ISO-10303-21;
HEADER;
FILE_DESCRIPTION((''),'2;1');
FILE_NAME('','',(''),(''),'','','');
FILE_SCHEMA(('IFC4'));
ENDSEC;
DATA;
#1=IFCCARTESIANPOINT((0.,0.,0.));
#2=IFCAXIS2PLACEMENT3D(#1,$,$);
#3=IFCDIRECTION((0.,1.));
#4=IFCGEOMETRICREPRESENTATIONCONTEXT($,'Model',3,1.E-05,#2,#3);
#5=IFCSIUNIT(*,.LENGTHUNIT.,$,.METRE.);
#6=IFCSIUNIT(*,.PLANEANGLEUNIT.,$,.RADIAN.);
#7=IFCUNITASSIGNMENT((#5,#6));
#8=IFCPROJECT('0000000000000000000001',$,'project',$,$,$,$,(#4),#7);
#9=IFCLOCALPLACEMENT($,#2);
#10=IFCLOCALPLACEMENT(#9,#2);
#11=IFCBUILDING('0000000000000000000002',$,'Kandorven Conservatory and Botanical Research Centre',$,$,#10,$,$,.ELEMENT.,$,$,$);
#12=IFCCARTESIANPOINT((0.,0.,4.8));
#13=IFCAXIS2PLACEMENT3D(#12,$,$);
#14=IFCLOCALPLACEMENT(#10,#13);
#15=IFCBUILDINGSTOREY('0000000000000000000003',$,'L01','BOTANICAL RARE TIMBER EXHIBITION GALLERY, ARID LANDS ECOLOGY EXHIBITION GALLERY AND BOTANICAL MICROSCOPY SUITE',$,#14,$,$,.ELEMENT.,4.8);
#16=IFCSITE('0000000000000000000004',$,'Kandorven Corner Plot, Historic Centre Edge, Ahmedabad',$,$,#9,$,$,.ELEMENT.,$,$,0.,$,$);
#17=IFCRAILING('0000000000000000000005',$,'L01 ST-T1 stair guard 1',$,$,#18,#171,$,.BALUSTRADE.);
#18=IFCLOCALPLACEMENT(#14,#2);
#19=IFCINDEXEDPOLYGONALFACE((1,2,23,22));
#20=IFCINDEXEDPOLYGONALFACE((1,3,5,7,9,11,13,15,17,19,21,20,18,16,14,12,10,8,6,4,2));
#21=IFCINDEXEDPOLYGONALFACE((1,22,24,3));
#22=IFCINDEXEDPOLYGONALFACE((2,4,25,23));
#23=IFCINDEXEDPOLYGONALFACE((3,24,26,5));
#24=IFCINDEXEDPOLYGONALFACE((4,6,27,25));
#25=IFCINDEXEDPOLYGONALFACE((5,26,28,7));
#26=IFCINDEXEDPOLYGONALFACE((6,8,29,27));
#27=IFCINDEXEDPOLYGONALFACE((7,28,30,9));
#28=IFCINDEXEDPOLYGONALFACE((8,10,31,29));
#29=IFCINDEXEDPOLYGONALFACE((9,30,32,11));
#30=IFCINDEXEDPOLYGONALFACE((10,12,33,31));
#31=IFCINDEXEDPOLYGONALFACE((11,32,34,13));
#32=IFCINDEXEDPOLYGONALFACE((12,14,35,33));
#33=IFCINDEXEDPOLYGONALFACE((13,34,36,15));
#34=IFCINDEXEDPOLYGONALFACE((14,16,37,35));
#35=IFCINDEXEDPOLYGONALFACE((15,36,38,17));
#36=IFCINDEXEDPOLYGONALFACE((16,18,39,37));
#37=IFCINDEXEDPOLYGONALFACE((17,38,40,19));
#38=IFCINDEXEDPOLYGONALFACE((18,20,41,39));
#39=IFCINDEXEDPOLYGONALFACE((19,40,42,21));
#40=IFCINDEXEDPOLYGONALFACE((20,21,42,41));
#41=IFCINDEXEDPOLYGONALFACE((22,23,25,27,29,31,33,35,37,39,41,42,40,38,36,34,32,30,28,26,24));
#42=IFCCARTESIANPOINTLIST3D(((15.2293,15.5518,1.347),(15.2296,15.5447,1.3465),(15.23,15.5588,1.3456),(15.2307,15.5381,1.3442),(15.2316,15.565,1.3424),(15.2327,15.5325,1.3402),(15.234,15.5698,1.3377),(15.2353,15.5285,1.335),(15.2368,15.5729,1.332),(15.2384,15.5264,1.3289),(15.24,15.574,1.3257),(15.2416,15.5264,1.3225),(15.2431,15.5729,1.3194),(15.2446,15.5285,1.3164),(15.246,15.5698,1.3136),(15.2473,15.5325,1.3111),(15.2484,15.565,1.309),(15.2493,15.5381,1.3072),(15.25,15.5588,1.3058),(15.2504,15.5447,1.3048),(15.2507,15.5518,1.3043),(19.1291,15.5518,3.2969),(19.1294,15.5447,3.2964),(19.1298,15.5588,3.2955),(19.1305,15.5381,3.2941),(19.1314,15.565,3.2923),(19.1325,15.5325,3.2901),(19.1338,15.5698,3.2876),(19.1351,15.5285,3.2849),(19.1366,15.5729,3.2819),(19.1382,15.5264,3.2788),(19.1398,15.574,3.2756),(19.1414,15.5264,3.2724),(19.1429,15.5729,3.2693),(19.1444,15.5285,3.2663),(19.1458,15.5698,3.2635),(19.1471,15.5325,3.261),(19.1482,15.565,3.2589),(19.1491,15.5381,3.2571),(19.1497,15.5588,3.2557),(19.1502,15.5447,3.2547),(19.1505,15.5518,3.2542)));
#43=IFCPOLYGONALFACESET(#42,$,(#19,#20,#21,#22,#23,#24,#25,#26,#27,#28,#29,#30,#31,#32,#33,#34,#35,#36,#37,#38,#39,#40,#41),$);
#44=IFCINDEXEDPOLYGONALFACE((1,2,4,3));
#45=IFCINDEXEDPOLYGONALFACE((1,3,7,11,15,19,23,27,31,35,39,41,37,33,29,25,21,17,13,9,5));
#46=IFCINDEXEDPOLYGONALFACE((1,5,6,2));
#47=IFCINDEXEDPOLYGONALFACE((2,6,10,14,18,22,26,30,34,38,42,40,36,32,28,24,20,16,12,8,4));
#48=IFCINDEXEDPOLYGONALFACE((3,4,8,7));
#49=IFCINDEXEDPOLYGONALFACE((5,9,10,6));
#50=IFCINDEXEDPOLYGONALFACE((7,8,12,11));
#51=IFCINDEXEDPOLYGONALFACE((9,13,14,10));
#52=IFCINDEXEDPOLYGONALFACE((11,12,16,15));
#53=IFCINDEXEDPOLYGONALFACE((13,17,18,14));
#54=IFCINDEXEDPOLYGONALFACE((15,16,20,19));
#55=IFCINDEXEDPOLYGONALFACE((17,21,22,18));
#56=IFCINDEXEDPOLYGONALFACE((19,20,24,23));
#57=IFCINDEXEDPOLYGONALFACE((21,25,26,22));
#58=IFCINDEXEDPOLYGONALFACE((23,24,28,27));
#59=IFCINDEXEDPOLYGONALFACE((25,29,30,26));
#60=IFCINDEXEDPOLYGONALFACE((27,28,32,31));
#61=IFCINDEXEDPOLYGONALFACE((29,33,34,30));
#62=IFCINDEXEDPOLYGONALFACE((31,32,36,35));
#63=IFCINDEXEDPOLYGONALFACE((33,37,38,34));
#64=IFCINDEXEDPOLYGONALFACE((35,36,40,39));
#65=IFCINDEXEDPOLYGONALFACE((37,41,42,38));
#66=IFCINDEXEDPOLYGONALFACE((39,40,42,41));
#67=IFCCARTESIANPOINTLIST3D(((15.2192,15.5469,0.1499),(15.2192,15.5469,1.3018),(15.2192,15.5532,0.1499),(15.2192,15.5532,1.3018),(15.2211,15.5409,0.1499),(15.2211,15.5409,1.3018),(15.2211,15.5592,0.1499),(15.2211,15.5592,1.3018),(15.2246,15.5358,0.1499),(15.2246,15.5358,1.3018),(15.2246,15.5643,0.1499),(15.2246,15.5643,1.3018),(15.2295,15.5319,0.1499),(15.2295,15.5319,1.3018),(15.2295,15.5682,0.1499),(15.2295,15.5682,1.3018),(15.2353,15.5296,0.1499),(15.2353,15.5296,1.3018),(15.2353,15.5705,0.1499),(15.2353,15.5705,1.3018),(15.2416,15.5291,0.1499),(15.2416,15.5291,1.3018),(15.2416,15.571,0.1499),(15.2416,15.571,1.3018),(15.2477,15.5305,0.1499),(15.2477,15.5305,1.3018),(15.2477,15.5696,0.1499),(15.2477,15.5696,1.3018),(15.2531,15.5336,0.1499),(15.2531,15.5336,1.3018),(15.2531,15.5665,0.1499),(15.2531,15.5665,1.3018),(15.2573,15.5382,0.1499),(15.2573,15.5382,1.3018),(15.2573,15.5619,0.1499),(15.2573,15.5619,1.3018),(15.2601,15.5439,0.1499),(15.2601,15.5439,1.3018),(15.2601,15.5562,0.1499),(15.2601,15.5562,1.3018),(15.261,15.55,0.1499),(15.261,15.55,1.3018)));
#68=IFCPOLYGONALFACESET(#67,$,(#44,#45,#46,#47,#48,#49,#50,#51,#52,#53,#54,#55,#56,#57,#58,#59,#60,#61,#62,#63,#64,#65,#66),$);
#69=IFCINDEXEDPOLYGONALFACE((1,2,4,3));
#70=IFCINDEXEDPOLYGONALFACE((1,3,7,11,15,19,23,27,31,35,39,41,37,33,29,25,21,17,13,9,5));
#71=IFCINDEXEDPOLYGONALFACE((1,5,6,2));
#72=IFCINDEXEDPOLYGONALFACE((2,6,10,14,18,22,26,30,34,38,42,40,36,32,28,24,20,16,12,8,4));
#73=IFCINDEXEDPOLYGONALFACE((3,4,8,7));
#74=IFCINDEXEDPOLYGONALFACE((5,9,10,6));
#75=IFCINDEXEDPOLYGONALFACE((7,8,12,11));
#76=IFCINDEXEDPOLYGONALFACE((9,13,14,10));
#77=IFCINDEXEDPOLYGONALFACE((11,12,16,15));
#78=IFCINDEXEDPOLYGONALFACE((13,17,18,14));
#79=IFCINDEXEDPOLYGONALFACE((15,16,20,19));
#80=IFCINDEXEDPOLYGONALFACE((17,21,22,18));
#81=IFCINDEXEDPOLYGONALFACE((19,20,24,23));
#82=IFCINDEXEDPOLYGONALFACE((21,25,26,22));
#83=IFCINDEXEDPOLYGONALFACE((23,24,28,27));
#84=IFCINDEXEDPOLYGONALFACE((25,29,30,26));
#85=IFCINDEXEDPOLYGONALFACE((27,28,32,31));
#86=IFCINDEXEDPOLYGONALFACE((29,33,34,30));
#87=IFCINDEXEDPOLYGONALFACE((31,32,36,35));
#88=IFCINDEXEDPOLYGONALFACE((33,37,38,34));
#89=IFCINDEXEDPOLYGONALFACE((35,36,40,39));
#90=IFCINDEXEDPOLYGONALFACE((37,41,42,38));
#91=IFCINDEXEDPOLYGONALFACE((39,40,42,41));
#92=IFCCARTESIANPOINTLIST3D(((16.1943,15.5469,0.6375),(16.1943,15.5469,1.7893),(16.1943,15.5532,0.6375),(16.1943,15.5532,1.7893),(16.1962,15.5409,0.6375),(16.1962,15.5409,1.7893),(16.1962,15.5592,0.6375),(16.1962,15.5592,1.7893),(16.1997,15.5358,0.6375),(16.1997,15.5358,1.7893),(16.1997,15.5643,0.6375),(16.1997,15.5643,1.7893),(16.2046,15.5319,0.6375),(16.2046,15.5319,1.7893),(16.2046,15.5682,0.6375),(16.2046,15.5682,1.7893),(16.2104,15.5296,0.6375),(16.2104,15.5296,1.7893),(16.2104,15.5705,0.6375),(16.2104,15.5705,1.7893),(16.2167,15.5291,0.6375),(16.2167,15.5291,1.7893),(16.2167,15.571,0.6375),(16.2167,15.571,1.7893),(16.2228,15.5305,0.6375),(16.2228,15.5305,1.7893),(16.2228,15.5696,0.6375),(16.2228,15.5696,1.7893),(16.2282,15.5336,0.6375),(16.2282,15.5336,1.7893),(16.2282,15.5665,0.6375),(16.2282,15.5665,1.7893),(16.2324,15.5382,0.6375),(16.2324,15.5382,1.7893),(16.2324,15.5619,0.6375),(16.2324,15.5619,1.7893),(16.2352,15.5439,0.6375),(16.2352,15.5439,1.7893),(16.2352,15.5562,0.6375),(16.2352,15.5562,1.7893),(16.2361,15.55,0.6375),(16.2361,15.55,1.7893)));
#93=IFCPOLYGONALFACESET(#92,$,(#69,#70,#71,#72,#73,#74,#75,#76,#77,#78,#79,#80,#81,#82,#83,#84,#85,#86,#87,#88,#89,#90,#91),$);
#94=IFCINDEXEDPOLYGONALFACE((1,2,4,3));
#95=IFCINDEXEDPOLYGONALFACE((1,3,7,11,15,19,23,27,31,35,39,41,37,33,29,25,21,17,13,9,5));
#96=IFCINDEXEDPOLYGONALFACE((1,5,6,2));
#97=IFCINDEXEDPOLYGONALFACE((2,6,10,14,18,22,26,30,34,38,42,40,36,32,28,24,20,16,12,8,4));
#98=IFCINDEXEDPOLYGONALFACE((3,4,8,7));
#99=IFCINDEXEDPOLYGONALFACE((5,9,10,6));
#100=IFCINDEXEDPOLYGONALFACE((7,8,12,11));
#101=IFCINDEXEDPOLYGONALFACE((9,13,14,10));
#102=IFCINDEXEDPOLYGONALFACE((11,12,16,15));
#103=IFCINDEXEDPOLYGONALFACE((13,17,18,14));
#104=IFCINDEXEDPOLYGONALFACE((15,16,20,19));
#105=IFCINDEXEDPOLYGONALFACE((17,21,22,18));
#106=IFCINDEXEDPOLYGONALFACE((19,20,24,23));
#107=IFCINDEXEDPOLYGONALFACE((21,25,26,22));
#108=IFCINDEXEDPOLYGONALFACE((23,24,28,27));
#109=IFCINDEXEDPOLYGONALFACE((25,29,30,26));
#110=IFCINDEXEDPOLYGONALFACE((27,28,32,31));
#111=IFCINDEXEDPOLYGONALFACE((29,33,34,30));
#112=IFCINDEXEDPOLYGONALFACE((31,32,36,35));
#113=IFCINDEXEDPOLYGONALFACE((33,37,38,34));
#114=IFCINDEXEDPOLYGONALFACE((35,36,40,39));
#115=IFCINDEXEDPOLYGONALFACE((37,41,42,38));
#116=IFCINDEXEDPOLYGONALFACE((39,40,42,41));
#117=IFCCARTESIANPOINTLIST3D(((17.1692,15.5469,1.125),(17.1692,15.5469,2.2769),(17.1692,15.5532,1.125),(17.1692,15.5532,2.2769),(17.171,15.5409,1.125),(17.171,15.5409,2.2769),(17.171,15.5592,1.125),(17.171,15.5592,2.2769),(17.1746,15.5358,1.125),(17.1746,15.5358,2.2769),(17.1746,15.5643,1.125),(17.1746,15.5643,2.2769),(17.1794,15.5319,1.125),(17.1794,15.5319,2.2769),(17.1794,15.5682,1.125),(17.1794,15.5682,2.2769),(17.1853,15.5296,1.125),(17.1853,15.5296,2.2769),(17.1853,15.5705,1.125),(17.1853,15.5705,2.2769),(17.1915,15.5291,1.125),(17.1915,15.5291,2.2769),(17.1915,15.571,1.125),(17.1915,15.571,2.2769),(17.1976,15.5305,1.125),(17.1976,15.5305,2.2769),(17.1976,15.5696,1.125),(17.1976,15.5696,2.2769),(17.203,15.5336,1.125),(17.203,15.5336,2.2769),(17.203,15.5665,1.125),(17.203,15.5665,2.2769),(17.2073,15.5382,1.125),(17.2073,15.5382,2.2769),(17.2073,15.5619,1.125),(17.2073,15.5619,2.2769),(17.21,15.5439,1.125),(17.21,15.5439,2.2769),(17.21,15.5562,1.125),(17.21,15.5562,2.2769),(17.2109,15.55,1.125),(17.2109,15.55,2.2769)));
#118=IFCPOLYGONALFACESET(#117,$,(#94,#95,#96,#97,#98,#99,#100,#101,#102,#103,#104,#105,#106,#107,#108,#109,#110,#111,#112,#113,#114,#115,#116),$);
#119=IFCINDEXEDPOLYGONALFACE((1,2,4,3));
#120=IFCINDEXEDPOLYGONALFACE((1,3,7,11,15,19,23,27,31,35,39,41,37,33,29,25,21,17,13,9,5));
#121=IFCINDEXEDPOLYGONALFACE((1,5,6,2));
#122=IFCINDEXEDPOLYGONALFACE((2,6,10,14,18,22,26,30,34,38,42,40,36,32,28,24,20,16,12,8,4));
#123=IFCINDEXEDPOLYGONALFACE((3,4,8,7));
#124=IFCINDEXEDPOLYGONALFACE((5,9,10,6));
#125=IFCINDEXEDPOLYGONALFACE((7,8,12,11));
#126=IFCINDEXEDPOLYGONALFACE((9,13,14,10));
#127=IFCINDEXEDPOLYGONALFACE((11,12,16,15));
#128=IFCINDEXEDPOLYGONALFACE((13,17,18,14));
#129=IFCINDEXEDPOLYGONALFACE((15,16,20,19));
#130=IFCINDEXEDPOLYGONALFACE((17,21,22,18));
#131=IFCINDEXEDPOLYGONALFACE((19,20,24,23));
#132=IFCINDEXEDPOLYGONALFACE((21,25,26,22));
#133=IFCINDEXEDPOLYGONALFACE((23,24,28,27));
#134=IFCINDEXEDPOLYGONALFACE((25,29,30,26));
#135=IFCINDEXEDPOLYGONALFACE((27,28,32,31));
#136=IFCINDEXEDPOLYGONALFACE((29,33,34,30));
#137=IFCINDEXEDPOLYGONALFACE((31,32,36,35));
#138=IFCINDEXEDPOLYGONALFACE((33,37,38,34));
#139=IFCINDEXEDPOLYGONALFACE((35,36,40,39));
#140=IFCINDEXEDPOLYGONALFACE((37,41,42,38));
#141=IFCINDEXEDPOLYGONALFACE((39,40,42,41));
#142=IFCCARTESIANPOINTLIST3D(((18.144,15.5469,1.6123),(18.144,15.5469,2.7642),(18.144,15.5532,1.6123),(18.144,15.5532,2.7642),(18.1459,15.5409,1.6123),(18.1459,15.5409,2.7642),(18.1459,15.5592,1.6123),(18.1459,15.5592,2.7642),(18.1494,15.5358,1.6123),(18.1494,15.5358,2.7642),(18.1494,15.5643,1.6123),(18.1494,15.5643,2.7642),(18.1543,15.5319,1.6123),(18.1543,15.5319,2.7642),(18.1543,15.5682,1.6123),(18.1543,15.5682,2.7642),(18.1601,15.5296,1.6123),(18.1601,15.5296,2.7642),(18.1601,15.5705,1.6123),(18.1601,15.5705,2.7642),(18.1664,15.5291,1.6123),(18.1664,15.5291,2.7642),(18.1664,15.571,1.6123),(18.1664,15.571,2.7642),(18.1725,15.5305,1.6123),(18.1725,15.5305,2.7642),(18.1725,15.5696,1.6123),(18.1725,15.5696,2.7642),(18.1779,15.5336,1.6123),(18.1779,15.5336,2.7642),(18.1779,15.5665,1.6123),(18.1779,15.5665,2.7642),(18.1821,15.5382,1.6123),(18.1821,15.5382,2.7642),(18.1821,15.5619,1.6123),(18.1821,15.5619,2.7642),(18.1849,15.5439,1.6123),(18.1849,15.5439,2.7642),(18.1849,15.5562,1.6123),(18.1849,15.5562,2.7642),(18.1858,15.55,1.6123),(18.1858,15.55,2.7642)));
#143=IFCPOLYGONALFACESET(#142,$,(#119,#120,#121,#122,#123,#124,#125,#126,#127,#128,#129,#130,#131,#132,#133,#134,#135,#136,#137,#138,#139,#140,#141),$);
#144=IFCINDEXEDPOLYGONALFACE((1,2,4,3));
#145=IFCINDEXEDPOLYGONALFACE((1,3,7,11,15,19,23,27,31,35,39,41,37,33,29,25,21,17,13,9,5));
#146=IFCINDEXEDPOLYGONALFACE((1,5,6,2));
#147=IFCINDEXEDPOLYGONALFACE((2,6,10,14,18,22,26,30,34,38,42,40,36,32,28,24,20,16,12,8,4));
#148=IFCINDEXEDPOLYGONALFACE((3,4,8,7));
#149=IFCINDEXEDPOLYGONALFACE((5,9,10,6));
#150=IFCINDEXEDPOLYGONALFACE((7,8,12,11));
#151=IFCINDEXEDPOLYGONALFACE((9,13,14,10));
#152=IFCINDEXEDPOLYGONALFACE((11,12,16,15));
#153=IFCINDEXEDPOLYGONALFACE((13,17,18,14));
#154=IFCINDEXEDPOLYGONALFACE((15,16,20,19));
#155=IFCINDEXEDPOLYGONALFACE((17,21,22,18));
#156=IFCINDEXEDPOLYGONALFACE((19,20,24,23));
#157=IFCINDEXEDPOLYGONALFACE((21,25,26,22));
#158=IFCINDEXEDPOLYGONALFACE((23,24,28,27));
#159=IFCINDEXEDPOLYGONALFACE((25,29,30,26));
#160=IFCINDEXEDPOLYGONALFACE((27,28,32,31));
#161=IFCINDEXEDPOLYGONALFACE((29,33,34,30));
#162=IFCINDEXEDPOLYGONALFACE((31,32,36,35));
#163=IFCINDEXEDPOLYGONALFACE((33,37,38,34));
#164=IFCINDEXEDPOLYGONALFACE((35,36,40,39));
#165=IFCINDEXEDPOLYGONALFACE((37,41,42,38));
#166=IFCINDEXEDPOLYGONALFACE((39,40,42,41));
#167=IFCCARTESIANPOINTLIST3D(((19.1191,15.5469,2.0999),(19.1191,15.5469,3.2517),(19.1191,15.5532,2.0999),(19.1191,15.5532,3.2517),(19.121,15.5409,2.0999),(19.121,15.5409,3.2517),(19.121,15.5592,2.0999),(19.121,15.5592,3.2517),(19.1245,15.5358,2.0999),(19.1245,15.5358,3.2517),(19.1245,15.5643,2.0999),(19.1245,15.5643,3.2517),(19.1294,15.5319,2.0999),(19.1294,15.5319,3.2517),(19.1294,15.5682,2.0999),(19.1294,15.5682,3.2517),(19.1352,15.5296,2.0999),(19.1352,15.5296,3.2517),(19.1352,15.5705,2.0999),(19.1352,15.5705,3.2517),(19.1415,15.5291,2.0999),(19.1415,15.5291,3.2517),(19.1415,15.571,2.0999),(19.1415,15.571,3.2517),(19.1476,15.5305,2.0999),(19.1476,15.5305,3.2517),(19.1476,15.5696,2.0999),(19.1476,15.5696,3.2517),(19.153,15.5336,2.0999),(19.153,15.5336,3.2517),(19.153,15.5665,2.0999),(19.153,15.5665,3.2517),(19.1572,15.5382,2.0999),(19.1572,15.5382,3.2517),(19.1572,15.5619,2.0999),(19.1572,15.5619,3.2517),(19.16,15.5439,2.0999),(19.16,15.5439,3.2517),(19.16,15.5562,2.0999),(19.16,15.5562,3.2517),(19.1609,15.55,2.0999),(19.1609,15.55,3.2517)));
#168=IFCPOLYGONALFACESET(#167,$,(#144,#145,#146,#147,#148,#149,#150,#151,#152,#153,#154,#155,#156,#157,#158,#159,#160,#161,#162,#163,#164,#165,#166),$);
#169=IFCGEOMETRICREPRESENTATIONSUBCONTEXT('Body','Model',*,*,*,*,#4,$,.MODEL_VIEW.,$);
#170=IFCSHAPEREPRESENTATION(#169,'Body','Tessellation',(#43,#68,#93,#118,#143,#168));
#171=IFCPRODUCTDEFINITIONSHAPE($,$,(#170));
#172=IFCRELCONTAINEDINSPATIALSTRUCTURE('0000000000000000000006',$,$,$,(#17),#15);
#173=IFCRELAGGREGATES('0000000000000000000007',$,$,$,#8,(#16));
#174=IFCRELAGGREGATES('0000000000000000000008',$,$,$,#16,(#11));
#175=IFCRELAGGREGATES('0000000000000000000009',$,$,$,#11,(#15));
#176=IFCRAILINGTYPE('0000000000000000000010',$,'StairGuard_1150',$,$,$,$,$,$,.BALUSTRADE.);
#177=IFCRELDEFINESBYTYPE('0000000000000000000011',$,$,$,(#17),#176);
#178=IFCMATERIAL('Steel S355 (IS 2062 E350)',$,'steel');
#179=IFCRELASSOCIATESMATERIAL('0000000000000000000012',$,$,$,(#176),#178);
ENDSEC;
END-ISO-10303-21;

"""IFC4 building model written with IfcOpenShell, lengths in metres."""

from ifc_helpers import new_model, si_unit, direction, frame, origin, origin_2d, place, context, subcontext, project, spatial, circle, extrude, material, type_object, element, save


model = new_model("IFC4")

# Units and contexts
model_context = context("Model", 3, precision=1e-05, world=origin(), true_north=direction((0.0, 1.0)))
body_context = subcontext(model_context, "Body", "Model", "MODEL_VIEW")
ifc_project = project(units=[si_unit("LENGTHUNIT", "METRE"), si_unit("PLANEANGLEUNIT", "RADIAN")], contexts=[model_context])

# Site, building, storey
site_placement = place(None, origin())
site = spatial("IfcSite", under=ifc_project, at=site_placement, Name="Kandorven Corner Plot, Historic Centre Edge, Ahmedabad", CompositionType="ELEMENT", RefElevation=0.0)
building_placement = place(site_placement, origin())
building = spatial("IfcBuilding", under=site, at=building_placement, Name="Kandorven Conservatory and Botanical Research Centre", CompositionType="ELEMENT")
storey_placement = place(building_placement, frame((0.0, 0.0, 4.8)))
storey = spatial("IfcBuildingStorey", under=building, at=storey_placement, Name="L01", Description="BOTANICAL RARE TIMBER EXHIBITION GALLERY, ARID LANDS ECOLOGY EXHIBITION GALLERY AND BOTANICAL MICROSCOPY SUITE", CompositionType="ELEMENT", Elevation=4.8)

# Railing
ifc_material_1 = material(Name="Steel S355 (IS 2062 E350)", Category="steel")
railing_type_1 = type_object("IfcRailingType", Name="StairGuard_1150", PredefinedType="BALUSTRADE", material=ifc_material_1)
railing_1_placement = place(storey_placement, frame((15.24, 15.55, 0.1499)))
element("IfcRailing", 1, at=railing_1_placement, inside=storey, type_object=railing_type_1, Name="L01 ST-T1 stair guard 1", PredefinedType="BALUSTRADE", context=body_context, shape_type="SweptSolid", body=[
    extrude(circle(Radius=0.0239, at=origin_2d()), frame((0.0, 0.0, 1.1758), z_axis=(0.894427, 0.0, 0.447214), x_axis=(0.0, 1.0, 0.0)), (0.0, 0.0, 1.0), 4.3601),
    extrude(circle(Radius=0.021, at=origin_2d()), origin(), (0.0, 0.0, 1.0), 1.1519),
    extrude(circle(Radius=0.021, at=origin_2d()), frame((0.9751, 0.0, 0.4875)), (0.0, 0.0, 1.0), 1.1519),
    extrude(circle(Radius=0.021, at=origin_2d()), frame((1.95, 0.0, 0.9751)), (0.0, 0.0, 1.0), 1.1519),
    extrude(circle(Radius=0.021, at=origin_2d()), frame((2.9248, 0.0, 1.4624)), (0.0, 0.0, 1.0), 1.1519),
    extrude(circle(Radius=0.021, at=origin_2d()), frame((3.8999, 0.0, 1.95)), (0.0, 0.0, 1.0), 1.1519),
])

save(model, "model.ifc")
